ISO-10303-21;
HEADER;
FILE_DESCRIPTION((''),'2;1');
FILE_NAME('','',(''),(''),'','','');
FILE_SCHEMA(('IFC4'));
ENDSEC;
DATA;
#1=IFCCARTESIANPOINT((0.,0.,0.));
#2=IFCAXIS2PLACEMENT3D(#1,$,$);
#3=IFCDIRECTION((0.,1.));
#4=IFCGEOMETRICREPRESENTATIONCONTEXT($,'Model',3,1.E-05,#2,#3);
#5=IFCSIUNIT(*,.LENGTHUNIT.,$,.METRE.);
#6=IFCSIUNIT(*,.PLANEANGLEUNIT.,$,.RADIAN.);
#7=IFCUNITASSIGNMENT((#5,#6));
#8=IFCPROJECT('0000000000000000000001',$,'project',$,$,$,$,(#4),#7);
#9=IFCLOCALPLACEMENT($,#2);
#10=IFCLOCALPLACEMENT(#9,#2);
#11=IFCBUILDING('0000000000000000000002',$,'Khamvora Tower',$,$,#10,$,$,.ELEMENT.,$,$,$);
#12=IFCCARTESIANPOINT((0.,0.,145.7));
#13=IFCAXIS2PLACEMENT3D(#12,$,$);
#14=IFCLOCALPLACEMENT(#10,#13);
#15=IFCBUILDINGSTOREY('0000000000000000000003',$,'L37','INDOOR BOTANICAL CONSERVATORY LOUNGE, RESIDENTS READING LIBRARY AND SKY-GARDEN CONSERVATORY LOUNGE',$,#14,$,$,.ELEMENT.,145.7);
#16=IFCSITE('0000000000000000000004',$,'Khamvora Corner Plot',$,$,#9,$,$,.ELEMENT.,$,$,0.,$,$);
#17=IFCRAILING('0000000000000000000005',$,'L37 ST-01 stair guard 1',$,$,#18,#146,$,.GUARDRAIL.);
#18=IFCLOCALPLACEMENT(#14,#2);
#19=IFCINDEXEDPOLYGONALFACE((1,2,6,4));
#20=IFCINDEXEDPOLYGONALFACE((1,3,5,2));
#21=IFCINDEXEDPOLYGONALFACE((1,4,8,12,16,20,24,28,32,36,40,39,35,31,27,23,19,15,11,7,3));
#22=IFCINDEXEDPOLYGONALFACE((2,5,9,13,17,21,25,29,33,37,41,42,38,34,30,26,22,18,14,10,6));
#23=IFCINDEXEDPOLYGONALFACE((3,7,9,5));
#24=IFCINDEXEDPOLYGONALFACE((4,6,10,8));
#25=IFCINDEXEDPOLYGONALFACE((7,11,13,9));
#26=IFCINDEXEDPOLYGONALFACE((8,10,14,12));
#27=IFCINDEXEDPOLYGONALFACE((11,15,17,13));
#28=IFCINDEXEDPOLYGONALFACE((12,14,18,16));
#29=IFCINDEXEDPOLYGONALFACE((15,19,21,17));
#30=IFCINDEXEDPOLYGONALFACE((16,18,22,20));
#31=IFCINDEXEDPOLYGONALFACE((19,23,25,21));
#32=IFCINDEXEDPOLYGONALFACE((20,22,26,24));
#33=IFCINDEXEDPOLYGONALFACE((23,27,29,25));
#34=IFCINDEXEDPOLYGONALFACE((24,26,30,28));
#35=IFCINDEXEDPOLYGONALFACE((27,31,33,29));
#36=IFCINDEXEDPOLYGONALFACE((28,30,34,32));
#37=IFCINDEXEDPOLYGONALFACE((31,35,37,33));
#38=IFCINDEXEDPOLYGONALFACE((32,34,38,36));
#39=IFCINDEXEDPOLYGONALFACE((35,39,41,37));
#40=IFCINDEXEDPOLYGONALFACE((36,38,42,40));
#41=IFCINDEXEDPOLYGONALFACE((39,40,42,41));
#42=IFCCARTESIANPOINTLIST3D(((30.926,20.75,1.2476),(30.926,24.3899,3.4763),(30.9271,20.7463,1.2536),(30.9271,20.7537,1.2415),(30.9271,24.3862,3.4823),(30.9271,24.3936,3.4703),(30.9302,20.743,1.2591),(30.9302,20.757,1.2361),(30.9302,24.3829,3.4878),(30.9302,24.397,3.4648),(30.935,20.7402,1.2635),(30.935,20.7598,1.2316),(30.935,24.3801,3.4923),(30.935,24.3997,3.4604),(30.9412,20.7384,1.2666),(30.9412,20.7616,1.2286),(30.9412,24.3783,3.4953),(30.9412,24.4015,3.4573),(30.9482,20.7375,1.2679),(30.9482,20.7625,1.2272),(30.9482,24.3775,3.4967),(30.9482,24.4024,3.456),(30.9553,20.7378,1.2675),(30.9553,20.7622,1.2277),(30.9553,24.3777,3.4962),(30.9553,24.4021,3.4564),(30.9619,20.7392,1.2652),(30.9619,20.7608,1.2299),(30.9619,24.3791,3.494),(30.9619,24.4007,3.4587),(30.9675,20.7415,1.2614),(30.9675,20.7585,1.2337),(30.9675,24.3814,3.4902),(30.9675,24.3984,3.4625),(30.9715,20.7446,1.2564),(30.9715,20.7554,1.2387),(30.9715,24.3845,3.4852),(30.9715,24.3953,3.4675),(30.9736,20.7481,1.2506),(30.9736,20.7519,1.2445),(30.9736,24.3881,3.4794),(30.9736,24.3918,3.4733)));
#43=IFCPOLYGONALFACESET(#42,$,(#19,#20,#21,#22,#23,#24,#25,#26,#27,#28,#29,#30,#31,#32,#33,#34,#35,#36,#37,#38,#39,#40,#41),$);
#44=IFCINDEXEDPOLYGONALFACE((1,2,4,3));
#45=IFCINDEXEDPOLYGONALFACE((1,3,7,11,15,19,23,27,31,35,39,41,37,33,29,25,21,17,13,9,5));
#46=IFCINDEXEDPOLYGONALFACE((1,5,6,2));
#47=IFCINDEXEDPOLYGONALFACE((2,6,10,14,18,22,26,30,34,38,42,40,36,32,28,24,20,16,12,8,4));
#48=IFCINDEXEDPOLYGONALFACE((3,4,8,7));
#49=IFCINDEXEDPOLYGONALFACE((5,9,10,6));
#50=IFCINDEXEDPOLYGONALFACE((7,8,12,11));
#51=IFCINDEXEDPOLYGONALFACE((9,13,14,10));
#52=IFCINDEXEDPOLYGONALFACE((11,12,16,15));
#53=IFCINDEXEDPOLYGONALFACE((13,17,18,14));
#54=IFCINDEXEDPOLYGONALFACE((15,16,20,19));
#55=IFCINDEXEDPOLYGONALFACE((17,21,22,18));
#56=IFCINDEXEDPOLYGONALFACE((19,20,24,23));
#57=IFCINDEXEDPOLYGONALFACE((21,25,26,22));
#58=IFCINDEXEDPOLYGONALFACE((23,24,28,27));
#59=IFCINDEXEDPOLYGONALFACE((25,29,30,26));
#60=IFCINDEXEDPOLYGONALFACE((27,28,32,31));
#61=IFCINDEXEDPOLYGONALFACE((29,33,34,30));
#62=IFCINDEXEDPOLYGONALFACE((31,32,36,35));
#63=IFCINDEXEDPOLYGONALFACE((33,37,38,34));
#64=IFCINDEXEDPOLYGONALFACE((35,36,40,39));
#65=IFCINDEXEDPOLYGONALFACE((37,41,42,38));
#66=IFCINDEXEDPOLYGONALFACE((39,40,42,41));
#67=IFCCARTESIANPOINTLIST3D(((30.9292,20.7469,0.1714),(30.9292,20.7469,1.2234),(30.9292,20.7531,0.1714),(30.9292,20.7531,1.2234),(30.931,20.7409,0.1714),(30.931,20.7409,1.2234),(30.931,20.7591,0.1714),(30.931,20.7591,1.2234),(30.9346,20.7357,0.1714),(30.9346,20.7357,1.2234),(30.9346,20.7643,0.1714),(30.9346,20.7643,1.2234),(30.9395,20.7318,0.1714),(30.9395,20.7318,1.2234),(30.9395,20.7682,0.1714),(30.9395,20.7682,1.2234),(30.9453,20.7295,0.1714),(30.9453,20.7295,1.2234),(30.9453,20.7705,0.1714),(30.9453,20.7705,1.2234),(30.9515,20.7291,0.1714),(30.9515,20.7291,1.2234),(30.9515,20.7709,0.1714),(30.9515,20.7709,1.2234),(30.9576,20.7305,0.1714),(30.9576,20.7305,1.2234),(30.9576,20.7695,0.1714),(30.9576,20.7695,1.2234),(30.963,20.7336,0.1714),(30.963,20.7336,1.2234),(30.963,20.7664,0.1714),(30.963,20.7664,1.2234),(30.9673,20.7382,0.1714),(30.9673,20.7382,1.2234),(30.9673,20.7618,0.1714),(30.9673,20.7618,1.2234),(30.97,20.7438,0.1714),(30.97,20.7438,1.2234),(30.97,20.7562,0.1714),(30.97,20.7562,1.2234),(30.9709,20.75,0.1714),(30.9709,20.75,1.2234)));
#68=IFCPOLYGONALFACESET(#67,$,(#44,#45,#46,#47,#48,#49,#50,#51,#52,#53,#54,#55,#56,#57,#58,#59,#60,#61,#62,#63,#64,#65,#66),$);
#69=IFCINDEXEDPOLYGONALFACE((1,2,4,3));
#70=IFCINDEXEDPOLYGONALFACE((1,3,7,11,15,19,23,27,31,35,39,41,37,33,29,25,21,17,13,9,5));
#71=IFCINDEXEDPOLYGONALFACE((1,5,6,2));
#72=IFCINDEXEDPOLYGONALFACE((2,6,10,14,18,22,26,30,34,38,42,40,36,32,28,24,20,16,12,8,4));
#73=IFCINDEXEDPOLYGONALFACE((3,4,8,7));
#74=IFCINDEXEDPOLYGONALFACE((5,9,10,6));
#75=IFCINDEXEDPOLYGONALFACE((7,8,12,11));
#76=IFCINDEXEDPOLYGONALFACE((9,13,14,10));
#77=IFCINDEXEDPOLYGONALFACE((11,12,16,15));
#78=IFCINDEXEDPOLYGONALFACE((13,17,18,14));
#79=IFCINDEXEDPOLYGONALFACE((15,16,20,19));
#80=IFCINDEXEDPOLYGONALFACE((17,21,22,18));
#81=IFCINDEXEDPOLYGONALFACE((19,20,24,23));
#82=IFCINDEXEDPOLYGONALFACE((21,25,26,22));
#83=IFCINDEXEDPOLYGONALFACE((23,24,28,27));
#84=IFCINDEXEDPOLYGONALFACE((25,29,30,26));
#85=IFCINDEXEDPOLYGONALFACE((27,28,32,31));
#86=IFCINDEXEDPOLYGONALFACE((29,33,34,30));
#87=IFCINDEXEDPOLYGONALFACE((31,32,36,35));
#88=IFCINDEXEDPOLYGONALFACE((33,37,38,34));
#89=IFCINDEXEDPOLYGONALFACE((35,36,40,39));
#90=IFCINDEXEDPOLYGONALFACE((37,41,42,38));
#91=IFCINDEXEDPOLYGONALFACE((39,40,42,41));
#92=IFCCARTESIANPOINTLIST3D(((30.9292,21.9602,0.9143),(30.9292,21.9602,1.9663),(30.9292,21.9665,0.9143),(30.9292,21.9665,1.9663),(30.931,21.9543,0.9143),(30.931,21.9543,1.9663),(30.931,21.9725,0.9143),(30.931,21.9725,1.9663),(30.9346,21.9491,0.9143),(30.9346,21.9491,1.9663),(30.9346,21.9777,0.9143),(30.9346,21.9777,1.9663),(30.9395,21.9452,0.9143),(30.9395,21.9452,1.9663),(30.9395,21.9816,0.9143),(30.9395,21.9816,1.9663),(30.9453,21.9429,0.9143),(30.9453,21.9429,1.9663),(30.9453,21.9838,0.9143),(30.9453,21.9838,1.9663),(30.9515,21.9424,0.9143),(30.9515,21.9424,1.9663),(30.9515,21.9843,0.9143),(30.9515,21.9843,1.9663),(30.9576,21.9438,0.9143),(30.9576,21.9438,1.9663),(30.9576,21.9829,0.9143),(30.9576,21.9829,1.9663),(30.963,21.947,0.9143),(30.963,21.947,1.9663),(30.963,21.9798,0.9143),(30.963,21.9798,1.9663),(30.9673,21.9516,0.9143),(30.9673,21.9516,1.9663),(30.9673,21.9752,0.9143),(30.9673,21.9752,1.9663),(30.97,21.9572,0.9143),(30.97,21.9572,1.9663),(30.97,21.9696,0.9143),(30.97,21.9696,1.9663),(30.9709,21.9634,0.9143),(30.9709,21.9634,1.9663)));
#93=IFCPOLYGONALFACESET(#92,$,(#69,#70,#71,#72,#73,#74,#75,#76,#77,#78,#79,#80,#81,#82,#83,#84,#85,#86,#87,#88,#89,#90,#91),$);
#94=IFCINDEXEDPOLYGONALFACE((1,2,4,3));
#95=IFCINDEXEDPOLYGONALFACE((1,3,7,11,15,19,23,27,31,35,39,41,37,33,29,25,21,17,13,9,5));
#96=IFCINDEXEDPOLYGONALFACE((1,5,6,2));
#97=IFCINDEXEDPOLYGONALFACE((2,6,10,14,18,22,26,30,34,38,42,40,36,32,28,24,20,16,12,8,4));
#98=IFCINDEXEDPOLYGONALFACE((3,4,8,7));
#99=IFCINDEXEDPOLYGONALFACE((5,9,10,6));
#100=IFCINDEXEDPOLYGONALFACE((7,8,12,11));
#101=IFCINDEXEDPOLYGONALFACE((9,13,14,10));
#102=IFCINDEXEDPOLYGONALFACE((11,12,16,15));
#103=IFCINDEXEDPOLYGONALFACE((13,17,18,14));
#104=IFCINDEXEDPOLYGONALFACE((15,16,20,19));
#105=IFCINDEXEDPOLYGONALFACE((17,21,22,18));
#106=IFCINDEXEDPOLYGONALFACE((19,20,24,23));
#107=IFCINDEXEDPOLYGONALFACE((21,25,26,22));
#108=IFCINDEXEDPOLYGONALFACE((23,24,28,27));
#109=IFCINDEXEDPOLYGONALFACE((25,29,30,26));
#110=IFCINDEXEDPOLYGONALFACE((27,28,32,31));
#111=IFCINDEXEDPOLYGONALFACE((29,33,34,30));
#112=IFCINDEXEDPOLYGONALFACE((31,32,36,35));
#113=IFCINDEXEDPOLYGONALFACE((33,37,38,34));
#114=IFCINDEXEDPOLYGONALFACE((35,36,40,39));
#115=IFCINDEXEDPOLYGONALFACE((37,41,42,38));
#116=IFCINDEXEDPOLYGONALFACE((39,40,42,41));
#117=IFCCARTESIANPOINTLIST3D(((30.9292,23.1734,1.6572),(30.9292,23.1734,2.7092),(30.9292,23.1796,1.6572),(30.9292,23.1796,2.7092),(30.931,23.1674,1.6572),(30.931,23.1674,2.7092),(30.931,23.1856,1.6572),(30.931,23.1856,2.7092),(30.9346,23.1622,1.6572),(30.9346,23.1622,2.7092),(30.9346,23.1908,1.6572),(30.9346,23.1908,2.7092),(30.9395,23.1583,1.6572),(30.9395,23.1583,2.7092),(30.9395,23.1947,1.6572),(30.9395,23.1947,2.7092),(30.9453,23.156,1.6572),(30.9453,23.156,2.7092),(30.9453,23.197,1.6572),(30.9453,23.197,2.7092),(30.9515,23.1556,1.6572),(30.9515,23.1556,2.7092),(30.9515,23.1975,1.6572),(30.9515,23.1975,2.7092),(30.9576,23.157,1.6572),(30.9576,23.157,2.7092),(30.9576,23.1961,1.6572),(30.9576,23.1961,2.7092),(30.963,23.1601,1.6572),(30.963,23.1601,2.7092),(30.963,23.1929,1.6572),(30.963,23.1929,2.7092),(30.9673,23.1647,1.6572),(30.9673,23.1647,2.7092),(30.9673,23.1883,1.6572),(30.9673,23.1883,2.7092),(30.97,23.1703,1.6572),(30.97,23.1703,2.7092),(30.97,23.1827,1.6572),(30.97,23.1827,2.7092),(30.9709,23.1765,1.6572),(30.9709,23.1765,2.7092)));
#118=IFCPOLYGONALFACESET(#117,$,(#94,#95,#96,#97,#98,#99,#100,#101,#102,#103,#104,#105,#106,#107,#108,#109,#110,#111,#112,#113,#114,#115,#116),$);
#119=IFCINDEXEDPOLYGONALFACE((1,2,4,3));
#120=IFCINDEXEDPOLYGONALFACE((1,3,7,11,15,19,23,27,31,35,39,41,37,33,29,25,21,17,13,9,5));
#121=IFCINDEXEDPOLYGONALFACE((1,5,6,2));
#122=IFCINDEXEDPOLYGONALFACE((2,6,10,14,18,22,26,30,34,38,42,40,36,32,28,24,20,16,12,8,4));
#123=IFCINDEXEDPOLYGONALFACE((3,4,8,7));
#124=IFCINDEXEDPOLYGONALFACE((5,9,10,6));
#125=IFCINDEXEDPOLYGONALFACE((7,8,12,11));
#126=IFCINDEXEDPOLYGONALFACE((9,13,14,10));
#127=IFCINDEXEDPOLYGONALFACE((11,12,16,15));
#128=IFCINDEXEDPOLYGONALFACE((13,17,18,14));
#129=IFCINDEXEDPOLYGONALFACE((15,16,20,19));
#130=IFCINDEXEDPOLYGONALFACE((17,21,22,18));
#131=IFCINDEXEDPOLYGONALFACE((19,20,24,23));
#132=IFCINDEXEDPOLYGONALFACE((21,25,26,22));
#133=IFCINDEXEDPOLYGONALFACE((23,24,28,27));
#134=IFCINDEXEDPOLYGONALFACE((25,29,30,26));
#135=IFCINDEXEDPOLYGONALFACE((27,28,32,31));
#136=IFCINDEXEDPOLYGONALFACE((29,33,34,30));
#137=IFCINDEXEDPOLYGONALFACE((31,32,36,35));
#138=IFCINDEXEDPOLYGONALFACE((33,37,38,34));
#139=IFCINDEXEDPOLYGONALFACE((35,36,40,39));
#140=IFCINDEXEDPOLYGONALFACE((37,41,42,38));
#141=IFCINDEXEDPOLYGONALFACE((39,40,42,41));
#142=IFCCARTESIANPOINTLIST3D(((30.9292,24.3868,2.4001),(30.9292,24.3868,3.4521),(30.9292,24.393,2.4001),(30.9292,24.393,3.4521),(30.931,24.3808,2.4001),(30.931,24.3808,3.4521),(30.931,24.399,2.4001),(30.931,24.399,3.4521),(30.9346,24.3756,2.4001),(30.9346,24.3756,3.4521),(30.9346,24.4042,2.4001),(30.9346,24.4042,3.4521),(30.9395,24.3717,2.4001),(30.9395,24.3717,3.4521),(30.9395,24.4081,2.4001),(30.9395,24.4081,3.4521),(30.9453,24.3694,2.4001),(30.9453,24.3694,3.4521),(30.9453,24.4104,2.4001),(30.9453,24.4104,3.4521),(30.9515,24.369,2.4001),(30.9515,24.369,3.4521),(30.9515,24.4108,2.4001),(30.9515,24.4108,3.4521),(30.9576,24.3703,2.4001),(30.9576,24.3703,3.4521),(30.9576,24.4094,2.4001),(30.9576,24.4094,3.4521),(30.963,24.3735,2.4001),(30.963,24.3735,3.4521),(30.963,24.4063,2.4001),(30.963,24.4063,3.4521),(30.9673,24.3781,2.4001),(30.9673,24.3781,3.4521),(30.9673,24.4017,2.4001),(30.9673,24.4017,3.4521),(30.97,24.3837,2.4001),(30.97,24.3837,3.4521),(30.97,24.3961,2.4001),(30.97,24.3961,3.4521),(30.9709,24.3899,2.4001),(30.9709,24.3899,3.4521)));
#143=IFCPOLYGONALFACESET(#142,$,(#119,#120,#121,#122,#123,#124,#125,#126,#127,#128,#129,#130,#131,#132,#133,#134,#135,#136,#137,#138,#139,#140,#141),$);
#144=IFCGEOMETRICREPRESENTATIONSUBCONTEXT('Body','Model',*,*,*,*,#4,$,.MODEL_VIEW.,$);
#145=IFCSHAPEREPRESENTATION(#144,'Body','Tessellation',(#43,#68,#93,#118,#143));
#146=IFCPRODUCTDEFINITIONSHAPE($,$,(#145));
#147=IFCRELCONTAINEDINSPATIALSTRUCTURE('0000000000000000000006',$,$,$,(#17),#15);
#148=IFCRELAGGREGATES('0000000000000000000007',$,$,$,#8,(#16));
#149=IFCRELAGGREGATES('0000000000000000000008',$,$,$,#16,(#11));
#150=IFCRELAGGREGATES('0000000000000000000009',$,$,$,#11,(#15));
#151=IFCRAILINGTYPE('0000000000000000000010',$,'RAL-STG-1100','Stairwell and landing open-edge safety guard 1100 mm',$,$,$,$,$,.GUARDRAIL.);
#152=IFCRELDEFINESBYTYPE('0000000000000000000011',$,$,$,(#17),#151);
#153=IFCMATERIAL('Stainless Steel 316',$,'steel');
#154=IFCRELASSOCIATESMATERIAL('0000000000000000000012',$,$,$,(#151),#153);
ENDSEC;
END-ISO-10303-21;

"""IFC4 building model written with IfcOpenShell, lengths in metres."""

from ifc_helpers import new_model, si_unit, direction, frame, origin, origin_2d, place, context, subcontext, project, spatial, circle, extrude, material, type_object, element, save


model = new_model("IFC4")

# Units and contexts
model_context = context("Model", 3, precision=1e-05, world=origin(), true_north=direction((0.0, 1.0)))
body_context = subcontext(model_context, "Body", "Model", "MODEL_VIEW")
ifc_project = project(units=[si_unit("LENGTHUNIT", "METRE"), si_unit("PLANEANGLEUNIT", "RADIAN")], contexts=[model_context])

# Site, building, storey
site_placement = place(None, origin())
site = spatial("IfcSite", under=ifc_project, at=site_placement, Name="Khamvora Corner Plot", CompositionType="ELEMENT", RefElevation=0.0)
building_placement = place(site_placement, origin())
building = spatial("IfcBuilding", under=site, at=building_placement, Name="Khamvora Tower", CompositionType="ELEMENT")
storey_placement = place(building_placement, frame((0.0, 0.0, 145.7)))
storey = spatial("IfcBuildingStorey", under=building, at=storey_placement, Name="L37", Description="INDOOR BOTANICAL CONSERVATORY LOUNGE, RESIDENTS READING LIBRARY AND SKY-GARDEN CONSERVATORY LOUNGE", CompositionType="ELEMENT", Elevation=145.7)

# Railing
ifc_material_1 = material(Name="Stainless Steel 316", Category="steel")
railing_type_1 = type_object("IfcRailingType", Name="RAL-STG-1100", Description="Stairwell and landing open-edge safety guard 1100 mm", PredefinedType="GUARDRAIL", material=ifc_material_1)
railing_1_placement = place(storey_placement, frame((30.95, 20.75, 0.1714)))
element("IfcRailing", 1, at=railing_1_placement, inside=storey, type_object=railing_type_1, Name="L37 ST-01 stair guard 1", PredefinedType="GUARDRAIL", context=body_context, shape_type="SweptSolid", body=[
    extrude(circle(Radius=0.0239, at=origin_2d()), frame((0.0, 0.0, 1.0762), z_axis=(0.0, 0.852825, 0.522197), x_axis=(-1.0, 0.0, 0.0)), (0.0, 0.0, 1.0), 4.2681),
    extrude(circle(Radius=0.021, at=origin_2d()), origin(), (0.0, 0.0, 1.0), 1.052),
    extrude(circle(Radius=0.021, at=origin_2d()), frame((0.0, 1.2134, 0.7429)), (0.0, 0.0, 1.0), 1.052),
    extrude(circle(Radius=0.021, at=origin_2d()), frame((0.0, 2.4265, 1.4858)), (0.0, 0.0, 1.0), 1.052),
    extrude(circle(Radius=0.021, at=origin_2d()), frame((0.0, 3.6399, 2.2288)), (0.0, 0.0, 1.0), 1.052),
])

save(model, "model.ifc")
